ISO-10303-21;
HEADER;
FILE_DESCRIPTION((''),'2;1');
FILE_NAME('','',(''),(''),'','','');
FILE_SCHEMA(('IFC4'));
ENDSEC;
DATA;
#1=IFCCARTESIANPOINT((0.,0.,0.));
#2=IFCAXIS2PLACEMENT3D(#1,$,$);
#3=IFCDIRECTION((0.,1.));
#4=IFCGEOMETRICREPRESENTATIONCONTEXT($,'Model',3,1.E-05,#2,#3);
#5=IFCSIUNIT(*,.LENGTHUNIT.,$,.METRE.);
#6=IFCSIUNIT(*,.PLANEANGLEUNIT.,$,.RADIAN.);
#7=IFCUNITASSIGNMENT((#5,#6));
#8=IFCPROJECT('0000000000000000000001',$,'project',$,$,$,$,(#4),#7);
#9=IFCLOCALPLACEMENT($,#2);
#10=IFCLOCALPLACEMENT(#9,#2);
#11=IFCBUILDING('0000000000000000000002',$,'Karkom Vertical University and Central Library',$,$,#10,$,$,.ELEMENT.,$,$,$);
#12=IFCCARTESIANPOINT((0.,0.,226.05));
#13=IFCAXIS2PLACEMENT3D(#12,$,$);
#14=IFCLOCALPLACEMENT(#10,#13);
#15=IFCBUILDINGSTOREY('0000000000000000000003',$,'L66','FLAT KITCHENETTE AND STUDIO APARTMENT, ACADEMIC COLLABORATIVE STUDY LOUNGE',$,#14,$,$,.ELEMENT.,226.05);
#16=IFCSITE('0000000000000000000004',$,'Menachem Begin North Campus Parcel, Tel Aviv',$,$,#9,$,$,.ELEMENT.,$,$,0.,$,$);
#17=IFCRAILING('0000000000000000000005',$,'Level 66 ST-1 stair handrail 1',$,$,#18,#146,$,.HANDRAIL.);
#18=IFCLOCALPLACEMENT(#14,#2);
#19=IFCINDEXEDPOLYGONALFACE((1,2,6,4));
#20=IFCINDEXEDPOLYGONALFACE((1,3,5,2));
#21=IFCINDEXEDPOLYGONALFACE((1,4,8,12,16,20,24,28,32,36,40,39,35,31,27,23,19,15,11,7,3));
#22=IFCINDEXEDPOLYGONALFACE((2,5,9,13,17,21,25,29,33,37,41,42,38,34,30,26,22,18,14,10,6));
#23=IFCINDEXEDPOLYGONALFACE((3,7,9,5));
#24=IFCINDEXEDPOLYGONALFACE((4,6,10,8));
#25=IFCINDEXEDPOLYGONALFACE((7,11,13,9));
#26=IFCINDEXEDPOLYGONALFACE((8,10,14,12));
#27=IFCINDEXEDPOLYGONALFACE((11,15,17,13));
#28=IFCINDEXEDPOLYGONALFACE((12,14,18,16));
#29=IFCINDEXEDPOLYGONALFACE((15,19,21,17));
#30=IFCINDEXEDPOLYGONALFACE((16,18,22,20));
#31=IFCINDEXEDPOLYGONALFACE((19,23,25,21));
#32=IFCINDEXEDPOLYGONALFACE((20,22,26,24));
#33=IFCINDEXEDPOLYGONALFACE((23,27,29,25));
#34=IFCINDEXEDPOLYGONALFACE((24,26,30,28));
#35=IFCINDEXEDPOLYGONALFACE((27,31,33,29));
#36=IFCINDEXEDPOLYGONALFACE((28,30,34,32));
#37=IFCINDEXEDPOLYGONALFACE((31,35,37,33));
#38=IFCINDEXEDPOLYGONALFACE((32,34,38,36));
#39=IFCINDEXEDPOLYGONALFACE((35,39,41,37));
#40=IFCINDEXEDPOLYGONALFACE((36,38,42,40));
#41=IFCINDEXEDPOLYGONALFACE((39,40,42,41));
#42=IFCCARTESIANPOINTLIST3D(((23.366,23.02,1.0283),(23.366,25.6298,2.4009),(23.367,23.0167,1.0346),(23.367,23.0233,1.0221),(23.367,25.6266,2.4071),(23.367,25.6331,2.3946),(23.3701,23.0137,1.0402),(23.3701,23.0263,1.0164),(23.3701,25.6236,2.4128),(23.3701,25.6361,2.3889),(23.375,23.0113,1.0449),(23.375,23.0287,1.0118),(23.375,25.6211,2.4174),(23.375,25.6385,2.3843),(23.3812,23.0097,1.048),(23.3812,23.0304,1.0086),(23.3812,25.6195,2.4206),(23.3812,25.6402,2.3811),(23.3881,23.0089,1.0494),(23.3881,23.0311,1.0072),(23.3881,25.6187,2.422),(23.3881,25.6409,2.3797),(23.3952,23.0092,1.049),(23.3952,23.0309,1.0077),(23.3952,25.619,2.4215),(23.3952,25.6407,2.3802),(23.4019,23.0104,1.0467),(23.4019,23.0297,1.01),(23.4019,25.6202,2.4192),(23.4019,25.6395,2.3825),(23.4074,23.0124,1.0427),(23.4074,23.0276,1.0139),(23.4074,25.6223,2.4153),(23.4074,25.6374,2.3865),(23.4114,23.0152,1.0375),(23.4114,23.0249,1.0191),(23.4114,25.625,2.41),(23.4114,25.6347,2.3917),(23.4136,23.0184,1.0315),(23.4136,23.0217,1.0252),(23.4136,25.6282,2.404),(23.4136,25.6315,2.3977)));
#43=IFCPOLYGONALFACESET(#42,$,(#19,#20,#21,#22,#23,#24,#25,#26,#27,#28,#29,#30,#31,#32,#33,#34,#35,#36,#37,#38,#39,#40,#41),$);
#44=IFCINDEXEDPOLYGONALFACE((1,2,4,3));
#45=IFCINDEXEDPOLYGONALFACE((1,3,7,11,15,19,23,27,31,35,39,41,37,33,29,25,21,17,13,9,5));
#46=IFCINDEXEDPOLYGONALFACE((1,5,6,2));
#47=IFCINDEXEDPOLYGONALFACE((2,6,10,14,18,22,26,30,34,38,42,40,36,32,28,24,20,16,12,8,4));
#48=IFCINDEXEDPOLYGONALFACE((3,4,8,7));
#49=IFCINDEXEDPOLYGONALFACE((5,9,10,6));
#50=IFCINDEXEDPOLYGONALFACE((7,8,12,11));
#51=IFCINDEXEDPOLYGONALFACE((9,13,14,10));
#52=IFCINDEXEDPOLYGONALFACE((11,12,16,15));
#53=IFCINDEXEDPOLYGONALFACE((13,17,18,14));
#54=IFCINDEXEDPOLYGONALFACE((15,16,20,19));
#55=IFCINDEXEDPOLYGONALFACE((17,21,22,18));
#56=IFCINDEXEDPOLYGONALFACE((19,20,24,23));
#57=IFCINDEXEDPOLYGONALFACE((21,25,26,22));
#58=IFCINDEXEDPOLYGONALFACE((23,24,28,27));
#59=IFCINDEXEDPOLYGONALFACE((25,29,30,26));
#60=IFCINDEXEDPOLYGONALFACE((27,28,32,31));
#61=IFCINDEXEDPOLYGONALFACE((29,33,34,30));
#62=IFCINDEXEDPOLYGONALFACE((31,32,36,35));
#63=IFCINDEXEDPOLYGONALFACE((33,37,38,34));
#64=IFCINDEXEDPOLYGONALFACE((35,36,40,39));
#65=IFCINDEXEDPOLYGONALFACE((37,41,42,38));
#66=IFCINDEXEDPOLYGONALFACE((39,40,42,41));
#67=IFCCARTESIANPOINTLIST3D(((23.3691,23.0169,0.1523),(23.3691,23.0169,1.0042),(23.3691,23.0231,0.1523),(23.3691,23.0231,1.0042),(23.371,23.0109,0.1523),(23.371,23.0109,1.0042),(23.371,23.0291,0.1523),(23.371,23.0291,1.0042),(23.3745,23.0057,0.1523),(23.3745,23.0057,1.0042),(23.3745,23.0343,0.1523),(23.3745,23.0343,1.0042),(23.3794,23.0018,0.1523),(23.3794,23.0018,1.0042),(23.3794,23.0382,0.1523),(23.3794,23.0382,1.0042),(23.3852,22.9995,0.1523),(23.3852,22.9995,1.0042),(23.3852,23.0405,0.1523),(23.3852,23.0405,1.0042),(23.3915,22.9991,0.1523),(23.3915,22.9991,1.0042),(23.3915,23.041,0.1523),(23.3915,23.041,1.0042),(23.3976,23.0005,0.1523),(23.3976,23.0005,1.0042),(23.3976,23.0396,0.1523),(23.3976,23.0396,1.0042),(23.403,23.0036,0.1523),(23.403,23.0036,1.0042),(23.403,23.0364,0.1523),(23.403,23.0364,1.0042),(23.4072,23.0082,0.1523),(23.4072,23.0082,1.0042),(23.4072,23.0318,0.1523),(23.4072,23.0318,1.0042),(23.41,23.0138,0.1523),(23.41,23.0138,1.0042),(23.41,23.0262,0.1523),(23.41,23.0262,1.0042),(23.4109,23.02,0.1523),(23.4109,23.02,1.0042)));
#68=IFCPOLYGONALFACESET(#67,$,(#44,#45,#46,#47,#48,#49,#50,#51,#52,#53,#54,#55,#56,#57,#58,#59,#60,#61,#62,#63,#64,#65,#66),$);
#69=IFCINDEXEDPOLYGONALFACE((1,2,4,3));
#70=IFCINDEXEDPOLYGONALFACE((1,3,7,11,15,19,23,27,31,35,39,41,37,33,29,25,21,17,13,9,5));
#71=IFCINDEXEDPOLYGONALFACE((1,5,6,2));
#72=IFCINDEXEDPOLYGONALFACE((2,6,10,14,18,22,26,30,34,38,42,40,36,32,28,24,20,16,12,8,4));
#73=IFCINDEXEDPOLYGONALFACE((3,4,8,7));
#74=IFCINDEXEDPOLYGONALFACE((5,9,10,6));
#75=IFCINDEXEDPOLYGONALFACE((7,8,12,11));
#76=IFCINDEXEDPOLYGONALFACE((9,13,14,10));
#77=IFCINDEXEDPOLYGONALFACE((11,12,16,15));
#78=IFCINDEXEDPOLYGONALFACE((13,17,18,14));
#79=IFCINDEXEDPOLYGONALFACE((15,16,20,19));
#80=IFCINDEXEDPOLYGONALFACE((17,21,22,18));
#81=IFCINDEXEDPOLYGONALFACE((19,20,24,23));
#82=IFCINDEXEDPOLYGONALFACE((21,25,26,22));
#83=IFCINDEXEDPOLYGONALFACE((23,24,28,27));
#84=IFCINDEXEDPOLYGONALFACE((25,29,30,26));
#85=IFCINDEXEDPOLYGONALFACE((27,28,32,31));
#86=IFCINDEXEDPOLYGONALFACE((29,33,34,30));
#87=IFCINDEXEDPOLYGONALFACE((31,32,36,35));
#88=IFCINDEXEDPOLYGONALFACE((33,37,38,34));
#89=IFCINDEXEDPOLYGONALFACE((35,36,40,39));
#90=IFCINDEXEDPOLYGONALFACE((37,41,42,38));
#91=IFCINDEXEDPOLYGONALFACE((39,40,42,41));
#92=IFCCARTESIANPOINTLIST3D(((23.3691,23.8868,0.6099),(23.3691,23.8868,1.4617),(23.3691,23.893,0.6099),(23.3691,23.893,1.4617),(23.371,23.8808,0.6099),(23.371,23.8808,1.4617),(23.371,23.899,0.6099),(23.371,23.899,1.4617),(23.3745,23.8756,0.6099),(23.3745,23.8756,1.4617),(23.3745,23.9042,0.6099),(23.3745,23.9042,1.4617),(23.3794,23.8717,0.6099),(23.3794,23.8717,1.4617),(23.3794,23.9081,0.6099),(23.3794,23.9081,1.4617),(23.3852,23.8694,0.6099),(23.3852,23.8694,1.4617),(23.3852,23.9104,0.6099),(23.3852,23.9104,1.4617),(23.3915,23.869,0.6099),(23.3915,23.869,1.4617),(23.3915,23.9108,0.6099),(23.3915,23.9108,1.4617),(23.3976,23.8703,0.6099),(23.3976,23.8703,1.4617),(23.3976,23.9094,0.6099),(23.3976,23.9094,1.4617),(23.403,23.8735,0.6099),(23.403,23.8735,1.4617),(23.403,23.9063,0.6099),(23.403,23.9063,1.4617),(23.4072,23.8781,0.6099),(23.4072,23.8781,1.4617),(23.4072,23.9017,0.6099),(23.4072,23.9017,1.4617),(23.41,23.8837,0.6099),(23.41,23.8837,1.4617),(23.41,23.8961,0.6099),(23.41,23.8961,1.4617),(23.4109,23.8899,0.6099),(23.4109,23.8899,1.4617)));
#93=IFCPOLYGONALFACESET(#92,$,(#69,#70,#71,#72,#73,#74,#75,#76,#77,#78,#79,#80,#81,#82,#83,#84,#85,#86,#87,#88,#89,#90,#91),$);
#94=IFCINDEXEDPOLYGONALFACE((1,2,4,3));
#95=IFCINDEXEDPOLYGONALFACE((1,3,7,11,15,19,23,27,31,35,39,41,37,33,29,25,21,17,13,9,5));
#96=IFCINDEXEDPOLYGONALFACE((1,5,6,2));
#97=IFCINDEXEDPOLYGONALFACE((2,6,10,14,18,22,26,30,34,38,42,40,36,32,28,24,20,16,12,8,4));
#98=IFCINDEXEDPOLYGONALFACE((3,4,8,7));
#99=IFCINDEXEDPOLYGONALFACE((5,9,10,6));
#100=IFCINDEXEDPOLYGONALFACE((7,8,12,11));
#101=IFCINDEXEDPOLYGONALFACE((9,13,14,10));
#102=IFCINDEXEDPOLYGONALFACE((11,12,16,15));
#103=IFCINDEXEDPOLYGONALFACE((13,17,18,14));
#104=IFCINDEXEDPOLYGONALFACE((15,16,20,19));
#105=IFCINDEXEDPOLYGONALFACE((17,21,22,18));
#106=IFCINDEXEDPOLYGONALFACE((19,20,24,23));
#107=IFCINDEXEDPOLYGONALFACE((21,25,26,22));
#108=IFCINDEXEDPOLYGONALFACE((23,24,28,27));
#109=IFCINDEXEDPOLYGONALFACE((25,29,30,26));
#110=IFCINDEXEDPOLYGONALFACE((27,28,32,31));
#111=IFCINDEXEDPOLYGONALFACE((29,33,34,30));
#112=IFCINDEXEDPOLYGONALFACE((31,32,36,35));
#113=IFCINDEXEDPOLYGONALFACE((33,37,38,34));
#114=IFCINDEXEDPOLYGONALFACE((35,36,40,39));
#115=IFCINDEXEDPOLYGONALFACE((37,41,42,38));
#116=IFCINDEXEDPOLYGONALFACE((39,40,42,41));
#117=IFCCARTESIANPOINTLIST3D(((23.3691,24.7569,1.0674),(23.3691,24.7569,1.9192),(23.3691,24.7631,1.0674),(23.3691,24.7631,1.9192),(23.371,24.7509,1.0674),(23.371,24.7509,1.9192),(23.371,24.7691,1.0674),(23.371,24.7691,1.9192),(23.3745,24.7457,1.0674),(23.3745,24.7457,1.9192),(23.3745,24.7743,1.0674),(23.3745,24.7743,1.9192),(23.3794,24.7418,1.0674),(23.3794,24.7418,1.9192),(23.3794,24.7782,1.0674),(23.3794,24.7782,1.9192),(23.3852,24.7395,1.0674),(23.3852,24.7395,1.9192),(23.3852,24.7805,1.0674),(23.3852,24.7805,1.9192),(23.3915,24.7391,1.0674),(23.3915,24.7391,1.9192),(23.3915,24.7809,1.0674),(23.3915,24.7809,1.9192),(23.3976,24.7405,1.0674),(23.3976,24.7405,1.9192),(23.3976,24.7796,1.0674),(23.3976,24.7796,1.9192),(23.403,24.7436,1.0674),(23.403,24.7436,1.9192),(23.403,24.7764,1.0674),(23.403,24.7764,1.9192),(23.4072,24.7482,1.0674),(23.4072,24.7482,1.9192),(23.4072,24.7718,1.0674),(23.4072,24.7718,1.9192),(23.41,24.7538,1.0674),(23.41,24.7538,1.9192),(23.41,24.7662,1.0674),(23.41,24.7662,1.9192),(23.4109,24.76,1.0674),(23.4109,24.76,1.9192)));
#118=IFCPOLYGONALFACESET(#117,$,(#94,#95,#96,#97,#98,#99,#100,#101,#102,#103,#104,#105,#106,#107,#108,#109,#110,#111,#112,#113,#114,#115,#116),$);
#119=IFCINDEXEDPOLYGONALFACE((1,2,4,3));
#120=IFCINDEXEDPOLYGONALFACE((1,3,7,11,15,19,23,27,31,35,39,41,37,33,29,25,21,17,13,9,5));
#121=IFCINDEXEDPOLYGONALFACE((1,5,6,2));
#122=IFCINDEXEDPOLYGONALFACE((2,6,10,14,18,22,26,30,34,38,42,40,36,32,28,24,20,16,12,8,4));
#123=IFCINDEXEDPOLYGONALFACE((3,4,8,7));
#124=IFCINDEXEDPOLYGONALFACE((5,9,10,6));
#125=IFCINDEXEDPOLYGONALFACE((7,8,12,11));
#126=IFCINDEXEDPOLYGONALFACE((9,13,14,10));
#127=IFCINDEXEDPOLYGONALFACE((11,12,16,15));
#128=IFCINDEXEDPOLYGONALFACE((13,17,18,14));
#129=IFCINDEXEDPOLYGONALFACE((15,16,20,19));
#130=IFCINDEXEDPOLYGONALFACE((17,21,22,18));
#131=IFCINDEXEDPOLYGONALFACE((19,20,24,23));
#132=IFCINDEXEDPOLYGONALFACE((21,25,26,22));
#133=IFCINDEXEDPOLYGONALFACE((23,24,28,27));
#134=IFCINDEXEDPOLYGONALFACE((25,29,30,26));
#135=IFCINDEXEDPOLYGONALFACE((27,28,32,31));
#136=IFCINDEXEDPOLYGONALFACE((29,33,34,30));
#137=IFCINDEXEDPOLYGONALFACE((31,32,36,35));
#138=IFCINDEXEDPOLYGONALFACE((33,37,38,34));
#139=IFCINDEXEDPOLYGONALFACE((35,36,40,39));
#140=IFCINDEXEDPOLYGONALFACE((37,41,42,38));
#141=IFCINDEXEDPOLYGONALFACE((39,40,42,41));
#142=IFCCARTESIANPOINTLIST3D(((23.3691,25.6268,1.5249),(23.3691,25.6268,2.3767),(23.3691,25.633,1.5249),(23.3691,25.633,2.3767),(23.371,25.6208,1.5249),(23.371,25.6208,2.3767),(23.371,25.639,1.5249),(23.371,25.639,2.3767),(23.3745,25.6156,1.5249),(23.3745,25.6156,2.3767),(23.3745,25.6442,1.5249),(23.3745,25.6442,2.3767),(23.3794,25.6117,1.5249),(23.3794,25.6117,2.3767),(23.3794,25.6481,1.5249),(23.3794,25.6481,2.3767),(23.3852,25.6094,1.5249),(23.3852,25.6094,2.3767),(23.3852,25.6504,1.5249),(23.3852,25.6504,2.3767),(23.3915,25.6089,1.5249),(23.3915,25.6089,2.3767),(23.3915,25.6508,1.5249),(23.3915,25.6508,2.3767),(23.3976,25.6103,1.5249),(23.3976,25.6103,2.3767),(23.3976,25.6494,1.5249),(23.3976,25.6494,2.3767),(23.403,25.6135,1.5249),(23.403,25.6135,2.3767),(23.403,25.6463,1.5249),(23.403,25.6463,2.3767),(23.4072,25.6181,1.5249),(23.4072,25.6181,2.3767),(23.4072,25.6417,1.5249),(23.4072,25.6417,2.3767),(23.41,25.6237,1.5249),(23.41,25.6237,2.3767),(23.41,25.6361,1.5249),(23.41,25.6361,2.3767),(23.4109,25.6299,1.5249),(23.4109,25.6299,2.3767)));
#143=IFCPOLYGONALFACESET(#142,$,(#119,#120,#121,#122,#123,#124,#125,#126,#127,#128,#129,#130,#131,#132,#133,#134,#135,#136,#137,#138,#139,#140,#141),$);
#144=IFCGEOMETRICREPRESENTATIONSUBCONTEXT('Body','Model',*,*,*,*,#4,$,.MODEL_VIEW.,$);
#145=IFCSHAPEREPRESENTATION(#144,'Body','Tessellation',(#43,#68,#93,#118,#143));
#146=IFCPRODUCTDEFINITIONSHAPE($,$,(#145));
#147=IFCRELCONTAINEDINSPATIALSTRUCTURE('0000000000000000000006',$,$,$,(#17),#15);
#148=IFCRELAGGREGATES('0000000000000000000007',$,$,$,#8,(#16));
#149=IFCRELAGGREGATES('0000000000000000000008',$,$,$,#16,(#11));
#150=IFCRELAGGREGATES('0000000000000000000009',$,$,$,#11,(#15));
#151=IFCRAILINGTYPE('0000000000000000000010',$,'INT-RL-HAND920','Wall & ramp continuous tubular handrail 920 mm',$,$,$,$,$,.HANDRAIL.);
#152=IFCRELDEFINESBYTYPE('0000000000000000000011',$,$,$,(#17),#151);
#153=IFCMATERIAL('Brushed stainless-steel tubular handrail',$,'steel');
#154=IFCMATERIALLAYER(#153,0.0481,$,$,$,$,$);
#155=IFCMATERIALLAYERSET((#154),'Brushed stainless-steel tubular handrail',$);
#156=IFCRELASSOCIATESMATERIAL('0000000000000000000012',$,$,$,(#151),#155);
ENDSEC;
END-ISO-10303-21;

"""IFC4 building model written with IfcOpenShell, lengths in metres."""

from ifc_helpers import new_model, si_unit, direction, frame, origin, origin_2d, place, context, subcontext, project, spatial, circle, extrude, material, layer, layer_set, type_object, element, save


model = new_model("IFC4")

# Units and contexts
model_context = context("Model", 3, precision=1e-05, world=origin(), true_north=direction((0.0, 1.0)))
body_context = subcontext(model_context, "Body", "Model", "MODEL_VIEW")
ifc_project = project(units=[si_unit("LENGTHUNIT", "METRE"), si_unit("PLANEANGLEUNIT", "RADIAN")], contexts=[model_context])

# Site, building, storey
site_placement = place(None, origin())
site = spatial("IfcSite", under=ifc_project, at=site_placement, Name="Menachem Begin North Campus Parcel, Tel Aviv", CompositionType="ELEMENT", RefElevation=0.0)
building_placement = place(site_placement, origin())
building = spatial("IfcBuilding", under=site, at=building_placement, Name="Karkom Vertical University and Central Library", CompositionType="ELEMENT")
storey_placement = place(building_placement, frame((0.0, 0.0, 226.05)))
storey = spatial("IfcBuildingStorey", under=building, at=storey_placement, Name="L66", Description="FLAT KITCHENETTE AND STUDIO APARTMENT, ACADEMIC COLLABORATIVE STUDY LOUNGE", CompositionType="ELEMENT", Elevation=226.05)

# Railing
ifc_material_1 = material(Name="Brushed stainless-steel tubular handrail", Category="steel")
ifc_layer_1 = layer(ifc_material_1, 0.0481)
ifc_layer_set_1 = layer_set([ifc_layer_1], Name="Brushed stainless-steel tubular handrail")
railing_type_1 = type_object("IfcRailingType", Name="INT-RL-HAND920", Description="Wall & ramp continuous tubular handrail 920 mm", PredefinedType="HANDRAIL", material=ifc_layer_set_1)
railing_1_placement = place(storey_placement, frame((23.3899, 23.02, 0.1523)))
element("IfcRailing", 1, at=railing_1_placement, inside=storey, type_object=railing_type_1, Name="Level 66 ST-1 stair handrail 1", PredefinedType="HANDRAIL", context=body_context, shape_type="SweptSolid", body=[
    extrude(circle(Radius=0.0239, at=origin_2d()), frame((0.0, 0.0, 0.876), z_axis=(0.0, 0.885065, 0.465467), x_axis=(-1.0, 0.0, 0.0)), (0.0, 0.0, 1.0), 2.9487),
    extrude(circle(Radius=0.021, at=origin_2d()), origin(), (0.0, 0.0, 1.0), 0.8518),
    extrude(circle(Radius=0.021, at=origin_2d()), frame((0.0, 0.8699, 0.4575)), (0.0, 0.0, 1.0), 0.8518),
    extrude(circle(Radius=0.021, at=origin_2d()), frame((0.0, 1.74, 0.915)), (0.0, 0.0, 1.0), 0.8518),
    extrude(circle(Radius=0.021, at=origin_2d()), frame((0.0, 2.6099, 1.3726)), (0.0, 0.0, 1.0), 0.8518),
])

save(model, "model.ifc")
